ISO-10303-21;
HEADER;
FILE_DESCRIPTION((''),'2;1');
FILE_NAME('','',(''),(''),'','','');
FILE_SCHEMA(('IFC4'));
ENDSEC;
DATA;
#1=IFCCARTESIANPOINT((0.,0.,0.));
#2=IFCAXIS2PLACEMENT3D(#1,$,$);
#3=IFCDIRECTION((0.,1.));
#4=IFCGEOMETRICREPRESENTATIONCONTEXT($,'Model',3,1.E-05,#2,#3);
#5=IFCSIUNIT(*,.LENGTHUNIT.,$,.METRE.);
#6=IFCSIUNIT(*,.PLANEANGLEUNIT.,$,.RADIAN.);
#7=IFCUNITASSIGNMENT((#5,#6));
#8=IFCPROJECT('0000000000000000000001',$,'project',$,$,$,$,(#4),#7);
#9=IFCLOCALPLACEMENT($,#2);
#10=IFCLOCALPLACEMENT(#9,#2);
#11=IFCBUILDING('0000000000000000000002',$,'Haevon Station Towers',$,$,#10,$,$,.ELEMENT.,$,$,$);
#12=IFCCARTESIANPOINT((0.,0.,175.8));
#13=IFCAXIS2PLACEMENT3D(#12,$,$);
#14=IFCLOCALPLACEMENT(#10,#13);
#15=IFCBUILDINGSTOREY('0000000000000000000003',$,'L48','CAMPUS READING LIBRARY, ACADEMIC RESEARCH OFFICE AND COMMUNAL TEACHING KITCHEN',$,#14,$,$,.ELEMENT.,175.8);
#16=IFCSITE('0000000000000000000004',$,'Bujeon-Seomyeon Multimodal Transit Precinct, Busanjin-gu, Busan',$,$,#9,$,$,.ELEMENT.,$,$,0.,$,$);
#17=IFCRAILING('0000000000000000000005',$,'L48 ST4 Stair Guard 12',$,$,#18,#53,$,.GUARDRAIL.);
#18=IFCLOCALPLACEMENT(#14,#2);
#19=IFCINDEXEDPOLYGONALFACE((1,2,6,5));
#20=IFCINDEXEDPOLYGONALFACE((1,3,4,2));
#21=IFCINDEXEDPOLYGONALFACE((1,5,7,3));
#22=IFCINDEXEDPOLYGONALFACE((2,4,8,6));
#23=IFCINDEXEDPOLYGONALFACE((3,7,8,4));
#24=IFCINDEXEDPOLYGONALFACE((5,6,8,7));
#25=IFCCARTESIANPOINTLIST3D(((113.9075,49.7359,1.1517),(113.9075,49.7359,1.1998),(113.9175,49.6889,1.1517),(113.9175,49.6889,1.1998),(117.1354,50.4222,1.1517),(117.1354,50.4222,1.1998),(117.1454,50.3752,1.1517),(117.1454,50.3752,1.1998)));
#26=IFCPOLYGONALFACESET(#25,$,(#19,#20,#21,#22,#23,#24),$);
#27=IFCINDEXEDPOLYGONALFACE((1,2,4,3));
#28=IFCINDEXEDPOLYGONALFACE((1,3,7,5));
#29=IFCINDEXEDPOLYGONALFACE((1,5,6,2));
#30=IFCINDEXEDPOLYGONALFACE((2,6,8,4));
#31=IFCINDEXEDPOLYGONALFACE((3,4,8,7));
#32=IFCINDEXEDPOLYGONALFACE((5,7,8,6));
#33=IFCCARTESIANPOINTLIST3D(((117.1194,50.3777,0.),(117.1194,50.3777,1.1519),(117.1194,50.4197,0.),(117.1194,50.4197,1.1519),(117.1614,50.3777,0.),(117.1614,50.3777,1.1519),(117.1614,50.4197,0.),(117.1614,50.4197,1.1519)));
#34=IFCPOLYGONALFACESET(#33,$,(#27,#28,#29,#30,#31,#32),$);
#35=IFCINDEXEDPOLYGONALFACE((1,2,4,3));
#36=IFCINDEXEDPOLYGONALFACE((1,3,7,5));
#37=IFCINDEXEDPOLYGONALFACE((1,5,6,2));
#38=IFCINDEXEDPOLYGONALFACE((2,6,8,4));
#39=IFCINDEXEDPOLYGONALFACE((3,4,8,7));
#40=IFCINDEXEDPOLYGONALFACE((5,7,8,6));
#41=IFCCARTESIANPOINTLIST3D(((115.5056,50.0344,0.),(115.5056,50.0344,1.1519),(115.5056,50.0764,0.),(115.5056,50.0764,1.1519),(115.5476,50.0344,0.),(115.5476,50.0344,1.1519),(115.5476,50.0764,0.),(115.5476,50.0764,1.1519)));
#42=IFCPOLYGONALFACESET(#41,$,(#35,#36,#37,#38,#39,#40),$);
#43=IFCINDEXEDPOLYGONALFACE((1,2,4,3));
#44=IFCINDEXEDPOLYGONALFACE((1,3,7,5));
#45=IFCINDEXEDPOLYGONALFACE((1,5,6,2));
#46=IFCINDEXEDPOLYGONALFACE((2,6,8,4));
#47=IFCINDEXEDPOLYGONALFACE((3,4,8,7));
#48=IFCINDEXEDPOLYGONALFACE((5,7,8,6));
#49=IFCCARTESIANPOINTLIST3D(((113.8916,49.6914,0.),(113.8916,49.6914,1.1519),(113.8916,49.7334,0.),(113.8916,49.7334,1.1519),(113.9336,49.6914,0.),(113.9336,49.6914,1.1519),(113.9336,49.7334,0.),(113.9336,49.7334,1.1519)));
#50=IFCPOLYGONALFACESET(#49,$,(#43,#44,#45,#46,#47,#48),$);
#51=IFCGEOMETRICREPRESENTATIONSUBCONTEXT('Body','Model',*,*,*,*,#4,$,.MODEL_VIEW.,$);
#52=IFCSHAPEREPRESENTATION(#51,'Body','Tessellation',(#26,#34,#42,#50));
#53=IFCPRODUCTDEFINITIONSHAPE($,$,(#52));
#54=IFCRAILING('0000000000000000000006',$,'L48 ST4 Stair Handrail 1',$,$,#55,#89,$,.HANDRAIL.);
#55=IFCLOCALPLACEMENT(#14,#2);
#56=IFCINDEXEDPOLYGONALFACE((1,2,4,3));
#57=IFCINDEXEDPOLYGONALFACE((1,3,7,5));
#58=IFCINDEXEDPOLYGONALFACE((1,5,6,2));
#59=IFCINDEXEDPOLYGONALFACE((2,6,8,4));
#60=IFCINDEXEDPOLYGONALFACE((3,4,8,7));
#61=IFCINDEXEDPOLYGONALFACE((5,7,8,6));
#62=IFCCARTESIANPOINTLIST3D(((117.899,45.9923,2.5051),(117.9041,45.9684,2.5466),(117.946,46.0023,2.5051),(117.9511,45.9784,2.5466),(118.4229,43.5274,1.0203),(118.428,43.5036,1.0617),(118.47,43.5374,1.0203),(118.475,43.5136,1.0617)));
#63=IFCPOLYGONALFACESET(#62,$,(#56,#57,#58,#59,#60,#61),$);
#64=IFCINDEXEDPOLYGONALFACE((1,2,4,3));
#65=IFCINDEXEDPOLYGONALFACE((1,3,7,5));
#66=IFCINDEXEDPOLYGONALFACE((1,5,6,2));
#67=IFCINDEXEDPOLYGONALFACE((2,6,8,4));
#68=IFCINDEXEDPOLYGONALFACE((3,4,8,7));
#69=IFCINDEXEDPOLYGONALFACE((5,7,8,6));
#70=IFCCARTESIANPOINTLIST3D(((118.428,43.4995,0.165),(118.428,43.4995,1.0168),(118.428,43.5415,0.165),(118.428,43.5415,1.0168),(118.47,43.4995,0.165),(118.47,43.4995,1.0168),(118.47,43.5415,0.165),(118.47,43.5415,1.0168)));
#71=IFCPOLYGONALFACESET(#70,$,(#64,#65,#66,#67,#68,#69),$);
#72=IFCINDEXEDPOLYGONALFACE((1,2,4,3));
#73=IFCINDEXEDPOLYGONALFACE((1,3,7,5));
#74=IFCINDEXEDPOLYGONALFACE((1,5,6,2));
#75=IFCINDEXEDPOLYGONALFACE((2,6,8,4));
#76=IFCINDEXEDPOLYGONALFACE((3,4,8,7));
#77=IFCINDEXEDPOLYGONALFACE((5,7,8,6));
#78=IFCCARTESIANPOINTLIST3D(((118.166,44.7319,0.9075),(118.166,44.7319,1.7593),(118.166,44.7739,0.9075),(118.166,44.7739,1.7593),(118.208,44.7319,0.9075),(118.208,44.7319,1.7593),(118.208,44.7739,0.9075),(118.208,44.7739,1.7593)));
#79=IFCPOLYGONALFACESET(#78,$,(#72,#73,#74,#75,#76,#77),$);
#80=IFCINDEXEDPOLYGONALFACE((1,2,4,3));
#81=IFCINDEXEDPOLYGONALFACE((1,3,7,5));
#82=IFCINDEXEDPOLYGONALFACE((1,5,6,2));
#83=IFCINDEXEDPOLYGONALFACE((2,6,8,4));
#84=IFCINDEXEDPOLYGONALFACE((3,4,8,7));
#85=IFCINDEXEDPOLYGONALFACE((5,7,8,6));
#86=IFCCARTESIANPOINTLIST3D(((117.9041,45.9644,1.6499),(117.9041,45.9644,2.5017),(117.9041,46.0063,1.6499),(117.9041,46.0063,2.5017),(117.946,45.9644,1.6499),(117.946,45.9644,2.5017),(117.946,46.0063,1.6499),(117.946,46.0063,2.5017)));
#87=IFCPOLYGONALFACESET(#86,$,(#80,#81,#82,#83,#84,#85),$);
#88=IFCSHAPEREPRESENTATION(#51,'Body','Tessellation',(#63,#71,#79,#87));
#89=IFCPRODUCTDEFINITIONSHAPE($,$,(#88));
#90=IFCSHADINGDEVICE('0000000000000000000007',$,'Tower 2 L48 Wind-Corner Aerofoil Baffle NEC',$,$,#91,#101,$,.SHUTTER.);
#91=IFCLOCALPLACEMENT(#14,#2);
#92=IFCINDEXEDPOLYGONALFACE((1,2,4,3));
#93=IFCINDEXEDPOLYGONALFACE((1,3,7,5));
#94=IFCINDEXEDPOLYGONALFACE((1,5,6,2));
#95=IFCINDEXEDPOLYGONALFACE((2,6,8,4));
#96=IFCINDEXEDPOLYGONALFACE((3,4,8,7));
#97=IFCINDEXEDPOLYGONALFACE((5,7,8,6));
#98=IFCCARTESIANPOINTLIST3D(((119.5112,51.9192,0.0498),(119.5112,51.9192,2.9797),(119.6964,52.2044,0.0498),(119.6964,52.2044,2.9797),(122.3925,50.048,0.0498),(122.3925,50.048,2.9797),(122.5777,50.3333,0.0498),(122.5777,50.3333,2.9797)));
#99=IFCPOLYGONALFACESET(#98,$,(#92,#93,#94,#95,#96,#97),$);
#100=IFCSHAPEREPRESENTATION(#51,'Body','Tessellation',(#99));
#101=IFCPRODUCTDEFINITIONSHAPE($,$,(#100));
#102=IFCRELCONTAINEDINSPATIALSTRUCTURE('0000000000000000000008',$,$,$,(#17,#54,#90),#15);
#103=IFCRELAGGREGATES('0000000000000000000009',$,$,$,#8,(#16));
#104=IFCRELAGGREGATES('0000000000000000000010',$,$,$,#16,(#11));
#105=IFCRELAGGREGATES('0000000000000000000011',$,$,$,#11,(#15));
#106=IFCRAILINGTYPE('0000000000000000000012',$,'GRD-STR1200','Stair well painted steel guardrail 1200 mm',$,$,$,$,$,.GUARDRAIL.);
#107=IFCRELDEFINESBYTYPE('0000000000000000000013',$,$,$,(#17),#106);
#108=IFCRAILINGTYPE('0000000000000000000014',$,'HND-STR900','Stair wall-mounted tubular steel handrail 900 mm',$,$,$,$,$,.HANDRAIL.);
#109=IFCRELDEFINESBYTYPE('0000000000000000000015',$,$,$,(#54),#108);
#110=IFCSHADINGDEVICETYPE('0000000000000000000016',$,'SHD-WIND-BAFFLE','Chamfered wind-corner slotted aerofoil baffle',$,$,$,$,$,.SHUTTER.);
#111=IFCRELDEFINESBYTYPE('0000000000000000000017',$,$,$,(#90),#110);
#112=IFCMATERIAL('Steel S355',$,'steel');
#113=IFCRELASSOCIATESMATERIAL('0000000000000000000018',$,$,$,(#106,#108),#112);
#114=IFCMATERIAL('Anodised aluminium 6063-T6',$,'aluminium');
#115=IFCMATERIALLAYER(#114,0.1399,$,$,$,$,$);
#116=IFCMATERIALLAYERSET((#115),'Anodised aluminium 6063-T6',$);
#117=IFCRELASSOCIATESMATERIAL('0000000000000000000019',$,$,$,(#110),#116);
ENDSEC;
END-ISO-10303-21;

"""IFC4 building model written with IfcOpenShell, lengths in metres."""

from ifc_helpers import new_model, si_unit, direction, frame, origin, origin_2d, place, context, subcontext, project, spatial, rectangle, extrude, material, layer, layer_set, type_object, element, save


model = new_model("IFC4")

# Units and contexts
model_context = context("Model", 3, precision=1e-05, world=origin(), true_north=direction((0.0, 1.0)))
body_context = subcontext(model_context, "Body", "Model", "MODEL_VIEW")
ifc_project = project(units=[si_unit("LENGTHUNIT", "METRE"), si_unit("PLANEANGLEUNIT", "RADIAN")], contexts=[model_context])

# Site, building, storey
site_placement = place(None, origin())
site = spatial("IfcSite", under=ifc_project, at=site_placement, Name="Bujeon-Seomyeon Multimodal Transit Precinct, Busanjin-gu, Busan", CompositionType="ELEMENT", RefElevation=0.0)
building_placement = place(site_placement, origin())
building = spatial("IfcBuilding", under=site, at=building_placement, Name="Haevon Station Towers", CompositionType="ELEMENT")
storey_placement = place(building_placement, frame((0.0, 0.0, 175.8)))
storey = spatial("IfcBuildingStorey", under=building, at=storey_placement, Name="L48", Description="CAMPUS READING LIBRARY, ACADEMIC RESEARCH OFFICE AND COMMUNAL TEACHING KITCHEN", CompositionType="ELEMENT", Elevation=175.8)

# Shared definitions
ifc_material_1 = material(Name="Steel S355", Category="steel")

# Railings
railing_type_1 = type_object("IfcRailingType", Name="GRD-STR1200", Description="Stair well painted steel guardrail 1200 mm", PredefinedType="GUARDRAIL", material=ifc_material_1)
railing_1_placement = place(storey_placement, frame((117.1404, 50.3987, 0.0)))
element("IfcRailing", 1, at=railing_1_placement, inside=storey, type_object=railing_type_1, Name="L48 ST4 Stair Guard 12", PredefinedType="GUARDRAIL", context=body_context, shape_type="SweptSolid", body=[
    extrude(rectangle(XDim=0.0481, YDim=0.0481, at=origin_2d()), frame((0.0, 0.0, 1.1758), z_axis=(-0.978136, -0.207968, 0.0), x_axis=(0.207968, -0.978136, 0.0)), (0.0, 0.0, 1.0), 3.3),
    extrude(rectangle(XDim=0.042, YDim=0.042, at=origin_2d()), origin(), (0.0, 0.0, 1.0), 1.1519),
    extrude(rectangle(XDim=0.042, YDim=0.042, at=origin_2d()), frame((-1.6138, -0.3433, 0.0)), (0.0, 0.0, 1.0), 1.1519),
    extrude(rectangle(XDim=0.042, YDim=0.042, at=origin_2d()), frame((-3.2278, -0.6863, 0.0)), (0.0, 0.0, 1.0), 1.1519),
])
railing_type_2 = type_object("IfcRailingType", Name="HND-STR900", Description="Stair wall-mounted tubular steel handrail 900 mm", PredefinedType="HANDRAIL", material=ifc_material_1)
railing_2_placement = place(storey_placement, frame((118.449, 43.5205, 0.165)))
element("IfcRailing", 2, at=railing_2_placement, inside=storey, type_object=railing_type_2, Name="L48 ST4 Stair Handrail 1", PredefinedType="HANDRAIL", context=body_context, shape_type="SweptSolid", body=[
    extrude(rectangle(XDim=0.0481, YDim=0.0481, at=origin_2d()), frame((0.0, 0.0, 0.876), z_axis=(-0.179129, 0.842724, 0.507671), x_axis=(-0.978147, -0.207914, 0.0)), (0.0, 0.0, 1.0), 2.9248),
    extrude(rectangle(XDim=0.042, YDim=0.042, at=origin_2d()), origin(), (0.0, 0.0, 1.0), 0.8518),
    extrude(rectangle(XDim=0.042, YDim=0.042, at=origin_2d()), frame((-0.262, 1.2324, 0.7424)), (0.0, 0.0, 1.0), 0.8518),
    extrude(rectangle(XDim=0.042, YDim=0.042, at=origin_2d()), frame((-0.5239, 2.4648, 1.4849)), (0.0, 0.0, 1.0), 0.8518),
])

# Shading device
ifc_material_2 = material(Name="Anodised aluminium 6063-T6", Category="aluminium")
ifc_layer_1 = layer(ifc_material_2, 0.1399)
ifc_layer_set_1 = layer_set([ifc_layer_1], Name="Anodised aluminium 6063-T6")
shading_device_type = type_object("IfcShadingDeviceType", Name="SHD-WIND-BAFFLE", Description="Chamfered wind-corner slotted aerofoil baffle", PredefinedType="SHUTTER", material=ifc_layer_set_1)
shading_device_placement = place(storey_placement, frame((121.0444, 51.1262, 0.0498), z_axis=(0.0, 0.0, 1.0), x_axis=(0.838671, -0.544639, 0.0)))
element("IfcShadingDevice", 3, at=shading_device_placement, inside=storey, type_object=shading_device_type, Name="Tower 2 L48 Wind-Corner Aerofoil Baffle NEC", PredefinedType="SHUTTER", context=body_context, shape_type="SweptSolid", body=[
    extrude(rectangle(XDim=3.4355, YDim=0.3401, at=origin_2d()), origin(), (0.0, 0.0, 1.0), 2.9299),
])

save(model, "model.ifc")
